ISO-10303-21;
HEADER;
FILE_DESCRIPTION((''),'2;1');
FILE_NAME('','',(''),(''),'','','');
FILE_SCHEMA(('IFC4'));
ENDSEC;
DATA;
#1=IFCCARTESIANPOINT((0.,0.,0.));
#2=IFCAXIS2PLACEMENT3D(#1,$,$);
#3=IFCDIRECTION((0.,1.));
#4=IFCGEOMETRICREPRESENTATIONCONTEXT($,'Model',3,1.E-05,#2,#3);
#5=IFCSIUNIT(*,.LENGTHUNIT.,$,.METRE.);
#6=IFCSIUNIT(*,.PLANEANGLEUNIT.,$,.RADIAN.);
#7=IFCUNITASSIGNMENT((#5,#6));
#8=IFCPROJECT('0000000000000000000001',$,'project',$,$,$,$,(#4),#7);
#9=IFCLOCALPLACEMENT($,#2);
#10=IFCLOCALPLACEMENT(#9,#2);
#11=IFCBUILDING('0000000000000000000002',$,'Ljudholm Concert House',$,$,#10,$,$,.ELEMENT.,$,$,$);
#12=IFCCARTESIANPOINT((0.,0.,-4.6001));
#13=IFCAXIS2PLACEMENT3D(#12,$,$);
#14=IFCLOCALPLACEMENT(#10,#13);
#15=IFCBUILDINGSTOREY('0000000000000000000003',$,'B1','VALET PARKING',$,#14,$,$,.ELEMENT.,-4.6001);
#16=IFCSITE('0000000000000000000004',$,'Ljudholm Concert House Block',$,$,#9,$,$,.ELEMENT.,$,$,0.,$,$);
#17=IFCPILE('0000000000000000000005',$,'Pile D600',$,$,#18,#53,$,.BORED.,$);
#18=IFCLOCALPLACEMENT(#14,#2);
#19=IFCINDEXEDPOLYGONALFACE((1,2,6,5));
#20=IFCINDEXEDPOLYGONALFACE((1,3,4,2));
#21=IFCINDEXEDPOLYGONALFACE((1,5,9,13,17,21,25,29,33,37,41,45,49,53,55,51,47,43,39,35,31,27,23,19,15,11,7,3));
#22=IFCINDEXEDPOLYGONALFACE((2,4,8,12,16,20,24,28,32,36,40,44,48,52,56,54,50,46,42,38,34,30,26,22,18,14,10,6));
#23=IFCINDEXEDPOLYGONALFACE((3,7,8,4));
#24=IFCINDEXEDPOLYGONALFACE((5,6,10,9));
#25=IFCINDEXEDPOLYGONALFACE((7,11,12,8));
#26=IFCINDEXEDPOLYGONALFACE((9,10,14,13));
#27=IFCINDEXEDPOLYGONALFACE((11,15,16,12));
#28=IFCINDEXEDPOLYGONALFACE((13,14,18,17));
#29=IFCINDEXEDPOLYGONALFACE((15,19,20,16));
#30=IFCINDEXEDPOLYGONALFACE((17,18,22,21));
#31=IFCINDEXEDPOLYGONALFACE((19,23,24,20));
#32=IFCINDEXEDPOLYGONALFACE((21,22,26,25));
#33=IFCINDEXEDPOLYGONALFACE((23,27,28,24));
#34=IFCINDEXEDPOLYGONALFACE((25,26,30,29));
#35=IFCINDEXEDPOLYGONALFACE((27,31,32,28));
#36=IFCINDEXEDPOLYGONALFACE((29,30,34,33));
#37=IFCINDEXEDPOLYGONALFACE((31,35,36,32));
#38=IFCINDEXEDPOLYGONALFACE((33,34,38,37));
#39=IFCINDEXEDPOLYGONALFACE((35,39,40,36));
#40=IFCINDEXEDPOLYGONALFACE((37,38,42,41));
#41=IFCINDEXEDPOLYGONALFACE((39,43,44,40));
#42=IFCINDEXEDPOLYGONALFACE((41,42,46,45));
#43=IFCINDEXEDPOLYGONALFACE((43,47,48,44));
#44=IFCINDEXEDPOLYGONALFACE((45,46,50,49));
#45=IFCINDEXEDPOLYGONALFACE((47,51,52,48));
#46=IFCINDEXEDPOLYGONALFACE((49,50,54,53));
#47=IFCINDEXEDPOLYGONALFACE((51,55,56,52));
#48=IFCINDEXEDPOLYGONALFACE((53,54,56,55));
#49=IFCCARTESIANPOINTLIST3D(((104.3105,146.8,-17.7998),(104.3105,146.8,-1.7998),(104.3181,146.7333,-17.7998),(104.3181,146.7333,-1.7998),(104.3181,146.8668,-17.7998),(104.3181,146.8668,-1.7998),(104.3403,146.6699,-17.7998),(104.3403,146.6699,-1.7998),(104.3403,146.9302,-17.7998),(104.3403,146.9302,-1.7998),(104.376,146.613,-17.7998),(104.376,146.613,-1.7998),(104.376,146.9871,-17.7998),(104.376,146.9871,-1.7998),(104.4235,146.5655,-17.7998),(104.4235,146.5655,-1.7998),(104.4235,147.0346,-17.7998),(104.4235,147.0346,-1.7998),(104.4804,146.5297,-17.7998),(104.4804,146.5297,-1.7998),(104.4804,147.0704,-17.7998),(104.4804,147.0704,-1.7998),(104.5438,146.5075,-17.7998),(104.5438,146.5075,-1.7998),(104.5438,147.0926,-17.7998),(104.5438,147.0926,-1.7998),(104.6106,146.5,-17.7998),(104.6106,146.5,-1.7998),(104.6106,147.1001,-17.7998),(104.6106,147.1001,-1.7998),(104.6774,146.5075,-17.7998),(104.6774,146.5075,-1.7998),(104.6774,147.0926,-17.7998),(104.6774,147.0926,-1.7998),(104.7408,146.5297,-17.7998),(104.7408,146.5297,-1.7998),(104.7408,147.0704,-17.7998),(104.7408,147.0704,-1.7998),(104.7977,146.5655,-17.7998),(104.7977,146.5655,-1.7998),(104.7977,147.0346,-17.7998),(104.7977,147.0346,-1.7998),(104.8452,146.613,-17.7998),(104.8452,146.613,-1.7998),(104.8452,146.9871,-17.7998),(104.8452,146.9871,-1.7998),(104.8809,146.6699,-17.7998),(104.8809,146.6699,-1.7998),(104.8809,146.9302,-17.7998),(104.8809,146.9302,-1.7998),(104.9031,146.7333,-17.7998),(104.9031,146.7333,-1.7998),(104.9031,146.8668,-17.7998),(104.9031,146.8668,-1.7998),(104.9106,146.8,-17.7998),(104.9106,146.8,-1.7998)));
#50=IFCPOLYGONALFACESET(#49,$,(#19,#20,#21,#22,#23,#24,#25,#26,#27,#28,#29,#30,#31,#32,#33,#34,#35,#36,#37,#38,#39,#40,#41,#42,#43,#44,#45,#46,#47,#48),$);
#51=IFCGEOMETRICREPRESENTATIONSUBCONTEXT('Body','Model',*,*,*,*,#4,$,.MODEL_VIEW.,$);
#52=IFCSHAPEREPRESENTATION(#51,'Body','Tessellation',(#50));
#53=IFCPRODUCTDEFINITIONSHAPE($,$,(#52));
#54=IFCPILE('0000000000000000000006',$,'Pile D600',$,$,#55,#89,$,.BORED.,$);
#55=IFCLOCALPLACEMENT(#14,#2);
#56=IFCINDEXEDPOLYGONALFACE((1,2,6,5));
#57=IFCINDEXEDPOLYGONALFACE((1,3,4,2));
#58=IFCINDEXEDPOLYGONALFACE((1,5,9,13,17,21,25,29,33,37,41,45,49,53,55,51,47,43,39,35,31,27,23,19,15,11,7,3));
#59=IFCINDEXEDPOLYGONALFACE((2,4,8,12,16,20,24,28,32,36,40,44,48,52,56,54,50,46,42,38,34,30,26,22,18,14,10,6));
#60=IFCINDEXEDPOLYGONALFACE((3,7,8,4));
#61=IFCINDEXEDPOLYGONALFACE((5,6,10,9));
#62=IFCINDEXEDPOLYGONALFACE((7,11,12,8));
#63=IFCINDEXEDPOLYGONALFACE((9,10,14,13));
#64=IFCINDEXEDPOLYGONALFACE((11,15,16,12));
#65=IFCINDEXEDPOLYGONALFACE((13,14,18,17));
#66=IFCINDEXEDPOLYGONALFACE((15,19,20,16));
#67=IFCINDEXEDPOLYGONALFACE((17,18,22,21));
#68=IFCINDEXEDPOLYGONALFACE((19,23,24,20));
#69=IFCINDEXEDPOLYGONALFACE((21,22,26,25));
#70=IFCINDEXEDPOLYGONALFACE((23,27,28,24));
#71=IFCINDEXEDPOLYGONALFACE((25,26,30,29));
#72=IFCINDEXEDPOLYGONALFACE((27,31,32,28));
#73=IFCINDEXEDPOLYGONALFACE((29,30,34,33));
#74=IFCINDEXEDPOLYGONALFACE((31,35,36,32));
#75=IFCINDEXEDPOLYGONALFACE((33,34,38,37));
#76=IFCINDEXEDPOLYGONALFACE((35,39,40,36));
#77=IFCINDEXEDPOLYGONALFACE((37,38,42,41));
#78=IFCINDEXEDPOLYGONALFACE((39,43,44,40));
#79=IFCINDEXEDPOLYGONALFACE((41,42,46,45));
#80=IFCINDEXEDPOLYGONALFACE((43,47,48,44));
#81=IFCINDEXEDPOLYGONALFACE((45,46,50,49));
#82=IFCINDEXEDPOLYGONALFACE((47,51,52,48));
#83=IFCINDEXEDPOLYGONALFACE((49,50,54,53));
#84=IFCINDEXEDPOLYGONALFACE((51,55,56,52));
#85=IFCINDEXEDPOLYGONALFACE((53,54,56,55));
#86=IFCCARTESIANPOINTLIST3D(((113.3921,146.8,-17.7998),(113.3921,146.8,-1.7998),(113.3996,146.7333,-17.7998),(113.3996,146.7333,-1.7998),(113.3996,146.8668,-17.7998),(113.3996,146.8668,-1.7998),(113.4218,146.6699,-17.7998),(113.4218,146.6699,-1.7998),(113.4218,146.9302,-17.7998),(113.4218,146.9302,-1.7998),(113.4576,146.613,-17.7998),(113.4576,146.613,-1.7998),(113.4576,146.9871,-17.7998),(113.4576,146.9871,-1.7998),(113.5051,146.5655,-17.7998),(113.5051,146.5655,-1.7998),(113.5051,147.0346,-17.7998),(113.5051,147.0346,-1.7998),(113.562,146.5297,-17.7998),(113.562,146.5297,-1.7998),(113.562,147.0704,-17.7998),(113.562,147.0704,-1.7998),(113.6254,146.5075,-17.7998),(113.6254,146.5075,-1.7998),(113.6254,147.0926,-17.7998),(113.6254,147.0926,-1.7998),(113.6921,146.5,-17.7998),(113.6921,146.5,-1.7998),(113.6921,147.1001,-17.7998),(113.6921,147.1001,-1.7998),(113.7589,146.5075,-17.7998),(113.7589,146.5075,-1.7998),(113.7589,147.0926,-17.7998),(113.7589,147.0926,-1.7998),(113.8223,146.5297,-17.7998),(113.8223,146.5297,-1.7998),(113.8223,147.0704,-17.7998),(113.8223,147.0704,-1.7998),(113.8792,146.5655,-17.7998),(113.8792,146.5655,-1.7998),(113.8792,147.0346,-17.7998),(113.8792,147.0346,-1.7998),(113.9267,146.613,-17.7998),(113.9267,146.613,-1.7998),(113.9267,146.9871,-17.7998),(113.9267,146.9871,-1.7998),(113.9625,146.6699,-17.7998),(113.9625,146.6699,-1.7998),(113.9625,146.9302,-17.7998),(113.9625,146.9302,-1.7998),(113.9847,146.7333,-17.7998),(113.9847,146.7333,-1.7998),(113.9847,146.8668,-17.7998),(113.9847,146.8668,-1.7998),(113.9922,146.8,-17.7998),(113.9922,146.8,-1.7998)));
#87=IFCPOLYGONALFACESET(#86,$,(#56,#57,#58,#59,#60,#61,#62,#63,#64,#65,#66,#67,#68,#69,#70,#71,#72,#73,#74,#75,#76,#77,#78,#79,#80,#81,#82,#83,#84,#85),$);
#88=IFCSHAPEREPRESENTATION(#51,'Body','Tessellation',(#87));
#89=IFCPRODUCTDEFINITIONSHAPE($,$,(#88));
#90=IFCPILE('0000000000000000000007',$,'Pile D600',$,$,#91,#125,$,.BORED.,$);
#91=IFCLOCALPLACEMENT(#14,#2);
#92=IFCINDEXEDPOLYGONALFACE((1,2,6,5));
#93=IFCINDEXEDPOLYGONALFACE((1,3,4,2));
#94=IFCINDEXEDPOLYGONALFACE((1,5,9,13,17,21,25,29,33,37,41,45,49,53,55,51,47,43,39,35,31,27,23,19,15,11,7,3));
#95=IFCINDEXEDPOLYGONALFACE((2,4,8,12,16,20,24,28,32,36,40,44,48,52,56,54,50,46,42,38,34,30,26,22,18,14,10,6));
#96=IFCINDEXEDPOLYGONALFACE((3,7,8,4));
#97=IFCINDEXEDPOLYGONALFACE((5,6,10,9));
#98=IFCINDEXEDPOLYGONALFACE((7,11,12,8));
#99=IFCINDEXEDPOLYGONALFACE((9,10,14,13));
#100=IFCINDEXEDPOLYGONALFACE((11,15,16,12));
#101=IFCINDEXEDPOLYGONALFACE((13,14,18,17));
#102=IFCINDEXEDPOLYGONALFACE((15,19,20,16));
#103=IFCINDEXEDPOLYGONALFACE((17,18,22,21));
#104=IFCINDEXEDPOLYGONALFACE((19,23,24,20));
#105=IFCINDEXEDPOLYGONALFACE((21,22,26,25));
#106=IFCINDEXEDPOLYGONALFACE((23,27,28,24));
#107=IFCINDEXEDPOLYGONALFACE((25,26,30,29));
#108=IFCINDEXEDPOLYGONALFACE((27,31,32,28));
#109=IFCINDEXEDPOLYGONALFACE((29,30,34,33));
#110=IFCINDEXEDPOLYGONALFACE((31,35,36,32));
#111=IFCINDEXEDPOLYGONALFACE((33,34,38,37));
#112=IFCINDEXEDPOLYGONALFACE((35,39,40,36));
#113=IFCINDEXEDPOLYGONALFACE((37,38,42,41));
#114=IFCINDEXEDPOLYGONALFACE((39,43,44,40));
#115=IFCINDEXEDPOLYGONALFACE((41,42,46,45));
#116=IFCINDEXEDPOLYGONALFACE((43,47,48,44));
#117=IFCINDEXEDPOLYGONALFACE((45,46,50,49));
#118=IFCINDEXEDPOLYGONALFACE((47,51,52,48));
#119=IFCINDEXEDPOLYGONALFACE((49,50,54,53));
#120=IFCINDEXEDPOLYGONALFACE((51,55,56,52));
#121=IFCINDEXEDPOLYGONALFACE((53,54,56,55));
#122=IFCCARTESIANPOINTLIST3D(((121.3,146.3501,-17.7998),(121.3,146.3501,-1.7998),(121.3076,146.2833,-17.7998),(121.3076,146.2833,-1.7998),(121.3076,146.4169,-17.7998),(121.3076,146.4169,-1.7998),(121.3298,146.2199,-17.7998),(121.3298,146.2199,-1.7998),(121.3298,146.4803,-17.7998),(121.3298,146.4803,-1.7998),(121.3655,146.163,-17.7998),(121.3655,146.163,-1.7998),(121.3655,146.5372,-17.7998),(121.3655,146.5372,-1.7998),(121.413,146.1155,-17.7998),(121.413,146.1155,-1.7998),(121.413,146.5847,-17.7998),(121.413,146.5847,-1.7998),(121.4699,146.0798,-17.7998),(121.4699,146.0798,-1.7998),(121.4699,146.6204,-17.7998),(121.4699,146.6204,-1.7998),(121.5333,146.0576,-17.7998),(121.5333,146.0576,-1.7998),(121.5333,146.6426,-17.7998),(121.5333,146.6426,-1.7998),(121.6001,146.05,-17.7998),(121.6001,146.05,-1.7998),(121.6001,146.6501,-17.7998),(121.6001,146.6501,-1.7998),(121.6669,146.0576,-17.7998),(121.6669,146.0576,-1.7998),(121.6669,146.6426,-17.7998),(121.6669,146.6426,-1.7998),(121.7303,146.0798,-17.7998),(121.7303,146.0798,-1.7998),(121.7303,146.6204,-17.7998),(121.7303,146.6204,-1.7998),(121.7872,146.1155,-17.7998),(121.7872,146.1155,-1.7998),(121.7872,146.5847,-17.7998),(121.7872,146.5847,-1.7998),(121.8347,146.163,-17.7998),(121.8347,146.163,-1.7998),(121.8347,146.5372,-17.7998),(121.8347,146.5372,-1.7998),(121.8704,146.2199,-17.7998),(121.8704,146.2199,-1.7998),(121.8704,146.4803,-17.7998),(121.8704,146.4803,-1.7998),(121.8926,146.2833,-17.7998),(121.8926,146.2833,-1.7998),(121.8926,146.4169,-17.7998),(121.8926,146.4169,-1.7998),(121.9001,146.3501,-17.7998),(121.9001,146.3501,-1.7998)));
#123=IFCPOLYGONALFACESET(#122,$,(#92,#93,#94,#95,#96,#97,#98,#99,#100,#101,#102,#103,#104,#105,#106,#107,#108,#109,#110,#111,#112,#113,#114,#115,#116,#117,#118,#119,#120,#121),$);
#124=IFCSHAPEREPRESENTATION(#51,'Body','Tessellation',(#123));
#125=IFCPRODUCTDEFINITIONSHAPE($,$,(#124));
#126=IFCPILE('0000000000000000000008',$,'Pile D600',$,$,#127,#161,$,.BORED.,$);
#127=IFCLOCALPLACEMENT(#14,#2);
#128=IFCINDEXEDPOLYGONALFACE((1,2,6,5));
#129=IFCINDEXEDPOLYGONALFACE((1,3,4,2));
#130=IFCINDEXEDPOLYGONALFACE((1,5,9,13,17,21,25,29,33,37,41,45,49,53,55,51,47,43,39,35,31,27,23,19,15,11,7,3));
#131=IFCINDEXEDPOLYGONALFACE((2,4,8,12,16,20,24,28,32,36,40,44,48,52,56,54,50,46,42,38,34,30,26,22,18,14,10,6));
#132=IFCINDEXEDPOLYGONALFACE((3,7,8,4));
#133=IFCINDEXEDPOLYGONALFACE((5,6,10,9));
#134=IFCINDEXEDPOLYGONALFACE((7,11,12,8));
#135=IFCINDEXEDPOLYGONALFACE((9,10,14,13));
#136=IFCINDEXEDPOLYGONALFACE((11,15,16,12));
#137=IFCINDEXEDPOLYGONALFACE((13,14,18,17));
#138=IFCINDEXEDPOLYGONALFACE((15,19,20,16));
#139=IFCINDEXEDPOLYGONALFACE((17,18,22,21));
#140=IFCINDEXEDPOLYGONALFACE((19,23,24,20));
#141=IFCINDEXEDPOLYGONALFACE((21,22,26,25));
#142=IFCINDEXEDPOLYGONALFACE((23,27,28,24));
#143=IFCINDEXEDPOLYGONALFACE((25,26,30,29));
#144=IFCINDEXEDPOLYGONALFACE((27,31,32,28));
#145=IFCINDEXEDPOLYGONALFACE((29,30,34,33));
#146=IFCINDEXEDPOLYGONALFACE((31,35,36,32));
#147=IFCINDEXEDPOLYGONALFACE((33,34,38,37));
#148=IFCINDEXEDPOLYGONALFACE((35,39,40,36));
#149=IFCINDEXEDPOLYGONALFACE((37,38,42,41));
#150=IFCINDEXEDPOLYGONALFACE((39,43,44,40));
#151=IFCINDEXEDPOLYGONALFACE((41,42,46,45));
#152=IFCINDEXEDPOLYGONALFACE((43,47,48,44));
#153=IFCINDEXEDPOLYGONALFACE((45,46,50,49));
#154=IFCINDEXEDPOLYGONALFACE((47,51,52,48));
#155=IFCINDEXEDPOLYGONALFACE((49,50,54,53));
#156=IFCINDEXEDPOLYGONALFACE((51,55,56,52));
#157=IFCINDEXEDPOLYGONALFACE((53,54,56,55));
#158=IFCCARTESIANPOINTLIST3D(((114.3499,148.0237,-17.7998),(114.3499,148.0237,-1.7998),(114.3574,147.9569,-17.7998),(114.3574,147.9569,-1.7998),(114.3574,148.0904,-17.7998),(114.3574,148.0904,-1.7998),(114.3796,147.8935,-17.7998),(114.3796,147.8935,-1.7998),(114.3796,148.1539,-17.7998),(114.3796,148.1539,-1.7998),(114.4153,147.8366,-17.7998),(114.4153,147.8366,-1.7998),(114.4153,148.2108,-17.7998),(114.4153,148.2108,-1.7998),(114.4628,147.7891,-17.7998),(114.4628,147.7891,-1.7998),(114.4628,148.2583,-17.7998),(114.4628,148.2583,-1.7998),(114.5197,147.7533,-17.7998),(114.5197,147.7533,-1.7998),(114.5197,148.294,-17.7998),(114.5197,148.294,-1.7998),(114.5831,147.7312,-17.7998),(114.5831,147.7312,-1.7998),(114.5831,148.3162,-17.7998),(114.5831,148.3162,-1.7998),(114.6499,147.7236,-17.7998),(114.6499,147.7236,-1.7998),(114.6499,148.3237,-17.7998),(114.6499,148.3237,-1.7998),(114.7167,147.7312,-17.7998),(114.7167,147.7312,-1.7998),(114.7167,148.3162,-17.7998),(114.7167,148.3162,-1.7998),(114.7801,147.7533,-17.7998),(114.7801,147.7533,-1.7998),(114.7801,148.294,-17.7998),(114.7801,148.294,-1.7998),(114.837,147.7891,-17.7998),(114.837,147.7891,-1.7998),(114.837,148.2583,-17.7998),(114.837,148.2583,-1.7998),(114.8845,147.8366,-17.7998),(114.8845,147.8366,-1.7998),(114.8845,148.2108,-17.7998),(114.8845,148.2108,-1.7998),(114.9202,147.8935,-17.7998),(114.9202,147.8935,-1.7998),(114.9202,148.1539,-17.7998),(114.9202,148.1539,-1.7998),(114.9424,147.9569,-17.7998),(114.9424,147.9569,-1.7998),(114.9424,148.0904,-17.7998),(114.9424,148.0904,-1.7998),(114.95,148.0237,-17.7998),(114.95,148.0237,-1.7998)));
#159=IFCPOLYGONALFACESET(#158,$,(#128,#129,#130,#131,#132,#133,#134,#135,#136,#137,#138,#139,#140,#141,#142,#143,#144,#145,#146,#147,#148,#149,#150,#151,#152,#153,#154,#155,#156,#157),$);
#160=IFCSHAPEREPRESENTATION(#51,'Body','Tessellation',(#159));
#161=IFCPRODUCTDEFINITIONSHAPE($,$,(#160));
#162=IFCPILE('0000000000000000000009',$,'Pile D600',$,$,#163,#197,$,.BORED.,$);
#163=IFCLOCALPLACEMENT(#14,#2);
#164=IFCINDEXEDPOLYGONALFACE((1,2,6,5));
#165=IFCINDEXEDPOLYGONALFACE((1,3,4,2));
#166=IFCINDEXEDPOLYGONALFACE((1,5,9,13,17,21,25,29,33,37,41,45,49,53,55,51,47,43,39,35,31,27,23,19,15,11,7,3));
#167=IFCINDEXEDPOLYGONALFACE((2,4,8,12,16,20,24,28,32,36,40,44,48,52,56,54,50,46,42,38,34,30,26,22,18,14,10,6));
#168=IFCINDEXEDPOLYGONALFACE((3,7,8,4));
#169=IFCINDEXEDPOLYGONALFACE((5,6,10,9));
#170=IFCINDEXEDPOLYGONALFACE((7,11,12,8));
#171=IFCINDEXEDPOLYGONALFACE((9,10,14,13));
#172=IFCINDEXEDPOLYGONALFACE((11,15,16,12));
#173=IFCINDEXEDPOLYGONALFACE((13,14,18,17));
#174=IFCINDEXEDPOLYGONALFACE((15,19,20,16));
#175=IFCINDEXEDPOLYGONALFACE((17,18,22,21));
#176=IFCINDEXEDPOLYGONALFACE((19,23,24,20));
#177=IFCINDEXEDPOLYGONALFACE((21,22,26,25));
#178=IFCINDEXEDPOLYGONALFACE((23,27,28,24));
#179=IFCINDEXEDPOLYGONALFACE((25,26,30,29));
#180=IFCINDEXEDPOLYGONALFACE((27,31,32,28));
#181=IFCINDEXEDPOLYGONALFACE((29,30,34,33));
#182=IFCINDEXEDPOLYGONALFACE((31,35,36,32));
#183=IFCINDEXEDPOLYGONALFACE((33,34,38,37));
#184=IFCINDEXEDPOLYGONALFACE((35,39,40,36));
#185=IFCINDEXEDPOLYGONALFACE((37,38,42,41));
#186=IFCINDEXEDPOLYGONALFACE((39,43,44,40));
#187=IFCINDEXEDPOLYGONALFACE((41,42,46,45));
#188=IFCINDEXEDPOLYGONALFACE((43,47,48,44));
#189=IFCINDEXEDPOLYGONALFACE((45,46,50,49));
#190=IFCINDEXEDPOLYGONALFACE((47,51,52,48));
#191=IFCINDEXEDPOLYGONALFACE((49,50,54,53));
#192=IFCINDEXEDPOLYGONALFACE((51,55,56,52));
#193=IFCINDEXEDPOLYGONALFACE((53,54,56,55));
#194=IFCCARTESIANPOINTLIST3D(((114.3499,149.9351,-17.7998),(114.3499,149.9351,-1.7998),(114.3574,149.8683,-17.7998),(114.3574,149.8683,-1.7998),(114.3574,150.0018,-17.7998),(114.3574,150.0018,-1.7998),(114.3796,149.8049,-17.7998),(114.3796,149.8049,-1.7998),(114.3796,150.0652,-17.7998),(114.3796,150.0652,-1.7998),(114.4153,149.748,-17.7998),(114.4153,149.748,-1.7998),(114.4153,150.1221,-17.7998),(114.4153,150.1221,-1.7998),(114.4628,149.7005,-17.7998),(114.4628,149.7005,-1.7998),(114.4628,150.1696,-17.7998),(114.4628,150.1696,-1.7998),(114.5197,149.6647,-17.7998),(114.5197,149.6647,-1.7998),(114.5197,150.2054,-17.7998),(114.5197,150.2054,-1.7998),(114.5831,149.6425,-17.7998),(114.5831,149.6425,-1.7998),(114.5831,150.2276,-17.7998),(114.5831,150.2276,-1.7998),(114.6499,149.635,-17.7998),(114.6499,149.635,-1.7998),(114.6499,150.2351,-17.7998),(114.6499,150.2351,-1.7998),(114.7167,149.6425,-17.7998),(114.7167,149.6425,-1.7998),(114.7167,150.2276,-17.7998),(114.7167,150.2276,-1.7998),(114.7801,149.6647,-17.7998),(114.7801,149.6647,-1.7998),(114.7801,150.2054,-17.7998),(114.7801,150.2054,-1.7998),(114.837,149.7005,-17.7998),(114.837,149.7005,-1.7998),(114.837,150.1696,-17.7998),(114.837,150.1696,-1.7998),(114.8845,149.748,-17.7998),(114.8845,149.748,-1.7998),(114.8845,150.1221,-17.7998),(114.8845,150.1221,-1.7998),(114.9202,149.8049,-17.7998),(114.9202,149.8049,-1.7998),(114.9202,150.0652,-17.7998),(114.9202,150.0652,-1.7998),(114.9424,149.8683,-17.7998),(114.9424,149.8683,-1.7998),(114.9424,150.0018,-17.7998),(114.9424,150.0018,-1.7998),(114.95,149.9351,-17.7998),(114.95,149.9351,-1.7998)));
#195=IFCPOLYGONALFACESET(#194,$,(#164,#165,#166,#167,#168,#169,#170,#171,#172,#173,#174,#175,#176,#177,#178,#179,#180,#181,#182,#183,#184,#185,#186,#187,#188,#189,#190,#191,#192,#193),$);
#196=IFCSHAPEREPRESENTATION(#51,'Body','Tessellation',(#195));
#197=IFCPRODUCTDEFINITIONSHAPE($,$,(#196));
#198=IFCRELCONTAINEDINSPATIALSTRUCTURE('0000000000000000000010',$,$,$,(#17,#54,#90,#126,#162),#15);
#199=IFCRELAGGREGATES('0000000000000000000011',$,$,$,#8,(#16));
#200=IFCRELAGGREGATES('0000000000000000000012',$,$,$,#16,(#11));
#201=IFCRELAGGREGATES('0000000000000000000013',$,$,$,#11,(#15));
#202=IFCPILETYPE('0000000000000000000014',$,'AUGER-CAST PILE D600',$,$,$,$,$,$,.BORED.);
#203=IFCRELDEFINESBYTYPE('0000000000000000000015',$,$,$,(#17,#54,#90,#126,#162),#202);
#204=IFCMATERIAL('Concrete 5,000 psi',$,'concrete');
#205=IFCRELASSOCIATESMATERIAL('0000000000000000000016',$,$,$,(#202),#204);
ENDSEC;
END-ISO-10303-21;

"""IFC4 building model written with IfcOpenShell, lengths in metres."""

from ifc_helpers import new_model, si_unit, direction, frame, origin, origin_2d, place, context, subcontext, project, spatial, circle, extrude, material, material_profile, profile_set, type_object, element, save


model = new_model("IFC4")

# Units and contexts
model_context = context("Model", 3, precision=1e-05, world=origin(), true_north=direction((0.0, 1.0)))
body_context = subcontext(model_context, "Body", "Model", "MODEL_VIEW")
ifc_project = project(units=[si_unit("LENGTHUNIT", "METRE"), si_unit("PLANEANGLEUNIT", "RADIAN")], contexts=[model_context])

# Site, building, storey
site_placement = place(None, origin())
site = spatial("IfcSite", under=ifc_project, at=site_placement, Name="Ljudholm Concert House Block", CompositionType="ELEMENT", RefElevation=0.0)
building_placement = place(site_placement, origin())
building = spatial("IfcBuilding", under=site, at=building_placement, Name="Ljudholm Concert House", CompositionType="ELEMENT")
storey_placement = place(building_placement, frame((0.0, 0.0, -4.6001)))
storey = spatial("IfcBuildingStorey", under=building, at=storey_placement, Name="B1", Description="VALET PARKING", CompositionType="ELEMENT", Elevation=-4.6001)

# Piles
ifc_material_1 = material(Name="Concrete 5,000 psi", Category="concrete")
ifc_material_profile_1 = material_profile(ifc_material_1, circle(Radius=0.3, at=origin_2d()), Name="AUGER-CAST PILE D600")
ifc_profile_set_1 = profile_set([ifc_material_profile_1], Name="Concrete 5,000 psi")
pile_type = type_object("IfcPileType", Name="AUGER-CAST PILE D600", PredefinedType="BORED", material=ifc_profile_set_1)
for number, where, z_axis, x_axis, name in (
    (1, (104.6106, 146.8, -1.7998), (0.0, 0.0, -1.0), (1.0, 0.0, 0.0), "Pile D600"),
    (2, (113.6921, 146.8, -1.7998), (0.0, 0.0, -1.0), (1.0, 0.0, 0.0), "Pile D600"),
    (3, (121.6001, 146.3501, -1.7998), (0.0, 0.0, -1.0), (1.0, 0.0, 0.0), "Pile D600"),
    (4, (114.6499, 148.0237, -1.7998), (0.0, 0.0, -1.0), (1.0, 0.0, 0.0), "Pile D600"),
    (5, (114.6499, 149.9351, -1.7998), (0.0, 0.0, -1.0), (1.0, 0.0, 0.0), "Pile D600"),
):
    element("IfcPile", number, at=place(storey_placement, frame(where, z_axis=z_axis, x_axis=x_axis)), inside=storey, type_object=pile_type, Name=name, PredefinedType="BORED", context=body_context, shape_type="SweptSolid", body=[
        extrude(circle(Radius=0.3, at=origin_2d()), origin(), (0.0, 0.0, 1.0), 16.0),
    ])

save(model, "model.ifc")
